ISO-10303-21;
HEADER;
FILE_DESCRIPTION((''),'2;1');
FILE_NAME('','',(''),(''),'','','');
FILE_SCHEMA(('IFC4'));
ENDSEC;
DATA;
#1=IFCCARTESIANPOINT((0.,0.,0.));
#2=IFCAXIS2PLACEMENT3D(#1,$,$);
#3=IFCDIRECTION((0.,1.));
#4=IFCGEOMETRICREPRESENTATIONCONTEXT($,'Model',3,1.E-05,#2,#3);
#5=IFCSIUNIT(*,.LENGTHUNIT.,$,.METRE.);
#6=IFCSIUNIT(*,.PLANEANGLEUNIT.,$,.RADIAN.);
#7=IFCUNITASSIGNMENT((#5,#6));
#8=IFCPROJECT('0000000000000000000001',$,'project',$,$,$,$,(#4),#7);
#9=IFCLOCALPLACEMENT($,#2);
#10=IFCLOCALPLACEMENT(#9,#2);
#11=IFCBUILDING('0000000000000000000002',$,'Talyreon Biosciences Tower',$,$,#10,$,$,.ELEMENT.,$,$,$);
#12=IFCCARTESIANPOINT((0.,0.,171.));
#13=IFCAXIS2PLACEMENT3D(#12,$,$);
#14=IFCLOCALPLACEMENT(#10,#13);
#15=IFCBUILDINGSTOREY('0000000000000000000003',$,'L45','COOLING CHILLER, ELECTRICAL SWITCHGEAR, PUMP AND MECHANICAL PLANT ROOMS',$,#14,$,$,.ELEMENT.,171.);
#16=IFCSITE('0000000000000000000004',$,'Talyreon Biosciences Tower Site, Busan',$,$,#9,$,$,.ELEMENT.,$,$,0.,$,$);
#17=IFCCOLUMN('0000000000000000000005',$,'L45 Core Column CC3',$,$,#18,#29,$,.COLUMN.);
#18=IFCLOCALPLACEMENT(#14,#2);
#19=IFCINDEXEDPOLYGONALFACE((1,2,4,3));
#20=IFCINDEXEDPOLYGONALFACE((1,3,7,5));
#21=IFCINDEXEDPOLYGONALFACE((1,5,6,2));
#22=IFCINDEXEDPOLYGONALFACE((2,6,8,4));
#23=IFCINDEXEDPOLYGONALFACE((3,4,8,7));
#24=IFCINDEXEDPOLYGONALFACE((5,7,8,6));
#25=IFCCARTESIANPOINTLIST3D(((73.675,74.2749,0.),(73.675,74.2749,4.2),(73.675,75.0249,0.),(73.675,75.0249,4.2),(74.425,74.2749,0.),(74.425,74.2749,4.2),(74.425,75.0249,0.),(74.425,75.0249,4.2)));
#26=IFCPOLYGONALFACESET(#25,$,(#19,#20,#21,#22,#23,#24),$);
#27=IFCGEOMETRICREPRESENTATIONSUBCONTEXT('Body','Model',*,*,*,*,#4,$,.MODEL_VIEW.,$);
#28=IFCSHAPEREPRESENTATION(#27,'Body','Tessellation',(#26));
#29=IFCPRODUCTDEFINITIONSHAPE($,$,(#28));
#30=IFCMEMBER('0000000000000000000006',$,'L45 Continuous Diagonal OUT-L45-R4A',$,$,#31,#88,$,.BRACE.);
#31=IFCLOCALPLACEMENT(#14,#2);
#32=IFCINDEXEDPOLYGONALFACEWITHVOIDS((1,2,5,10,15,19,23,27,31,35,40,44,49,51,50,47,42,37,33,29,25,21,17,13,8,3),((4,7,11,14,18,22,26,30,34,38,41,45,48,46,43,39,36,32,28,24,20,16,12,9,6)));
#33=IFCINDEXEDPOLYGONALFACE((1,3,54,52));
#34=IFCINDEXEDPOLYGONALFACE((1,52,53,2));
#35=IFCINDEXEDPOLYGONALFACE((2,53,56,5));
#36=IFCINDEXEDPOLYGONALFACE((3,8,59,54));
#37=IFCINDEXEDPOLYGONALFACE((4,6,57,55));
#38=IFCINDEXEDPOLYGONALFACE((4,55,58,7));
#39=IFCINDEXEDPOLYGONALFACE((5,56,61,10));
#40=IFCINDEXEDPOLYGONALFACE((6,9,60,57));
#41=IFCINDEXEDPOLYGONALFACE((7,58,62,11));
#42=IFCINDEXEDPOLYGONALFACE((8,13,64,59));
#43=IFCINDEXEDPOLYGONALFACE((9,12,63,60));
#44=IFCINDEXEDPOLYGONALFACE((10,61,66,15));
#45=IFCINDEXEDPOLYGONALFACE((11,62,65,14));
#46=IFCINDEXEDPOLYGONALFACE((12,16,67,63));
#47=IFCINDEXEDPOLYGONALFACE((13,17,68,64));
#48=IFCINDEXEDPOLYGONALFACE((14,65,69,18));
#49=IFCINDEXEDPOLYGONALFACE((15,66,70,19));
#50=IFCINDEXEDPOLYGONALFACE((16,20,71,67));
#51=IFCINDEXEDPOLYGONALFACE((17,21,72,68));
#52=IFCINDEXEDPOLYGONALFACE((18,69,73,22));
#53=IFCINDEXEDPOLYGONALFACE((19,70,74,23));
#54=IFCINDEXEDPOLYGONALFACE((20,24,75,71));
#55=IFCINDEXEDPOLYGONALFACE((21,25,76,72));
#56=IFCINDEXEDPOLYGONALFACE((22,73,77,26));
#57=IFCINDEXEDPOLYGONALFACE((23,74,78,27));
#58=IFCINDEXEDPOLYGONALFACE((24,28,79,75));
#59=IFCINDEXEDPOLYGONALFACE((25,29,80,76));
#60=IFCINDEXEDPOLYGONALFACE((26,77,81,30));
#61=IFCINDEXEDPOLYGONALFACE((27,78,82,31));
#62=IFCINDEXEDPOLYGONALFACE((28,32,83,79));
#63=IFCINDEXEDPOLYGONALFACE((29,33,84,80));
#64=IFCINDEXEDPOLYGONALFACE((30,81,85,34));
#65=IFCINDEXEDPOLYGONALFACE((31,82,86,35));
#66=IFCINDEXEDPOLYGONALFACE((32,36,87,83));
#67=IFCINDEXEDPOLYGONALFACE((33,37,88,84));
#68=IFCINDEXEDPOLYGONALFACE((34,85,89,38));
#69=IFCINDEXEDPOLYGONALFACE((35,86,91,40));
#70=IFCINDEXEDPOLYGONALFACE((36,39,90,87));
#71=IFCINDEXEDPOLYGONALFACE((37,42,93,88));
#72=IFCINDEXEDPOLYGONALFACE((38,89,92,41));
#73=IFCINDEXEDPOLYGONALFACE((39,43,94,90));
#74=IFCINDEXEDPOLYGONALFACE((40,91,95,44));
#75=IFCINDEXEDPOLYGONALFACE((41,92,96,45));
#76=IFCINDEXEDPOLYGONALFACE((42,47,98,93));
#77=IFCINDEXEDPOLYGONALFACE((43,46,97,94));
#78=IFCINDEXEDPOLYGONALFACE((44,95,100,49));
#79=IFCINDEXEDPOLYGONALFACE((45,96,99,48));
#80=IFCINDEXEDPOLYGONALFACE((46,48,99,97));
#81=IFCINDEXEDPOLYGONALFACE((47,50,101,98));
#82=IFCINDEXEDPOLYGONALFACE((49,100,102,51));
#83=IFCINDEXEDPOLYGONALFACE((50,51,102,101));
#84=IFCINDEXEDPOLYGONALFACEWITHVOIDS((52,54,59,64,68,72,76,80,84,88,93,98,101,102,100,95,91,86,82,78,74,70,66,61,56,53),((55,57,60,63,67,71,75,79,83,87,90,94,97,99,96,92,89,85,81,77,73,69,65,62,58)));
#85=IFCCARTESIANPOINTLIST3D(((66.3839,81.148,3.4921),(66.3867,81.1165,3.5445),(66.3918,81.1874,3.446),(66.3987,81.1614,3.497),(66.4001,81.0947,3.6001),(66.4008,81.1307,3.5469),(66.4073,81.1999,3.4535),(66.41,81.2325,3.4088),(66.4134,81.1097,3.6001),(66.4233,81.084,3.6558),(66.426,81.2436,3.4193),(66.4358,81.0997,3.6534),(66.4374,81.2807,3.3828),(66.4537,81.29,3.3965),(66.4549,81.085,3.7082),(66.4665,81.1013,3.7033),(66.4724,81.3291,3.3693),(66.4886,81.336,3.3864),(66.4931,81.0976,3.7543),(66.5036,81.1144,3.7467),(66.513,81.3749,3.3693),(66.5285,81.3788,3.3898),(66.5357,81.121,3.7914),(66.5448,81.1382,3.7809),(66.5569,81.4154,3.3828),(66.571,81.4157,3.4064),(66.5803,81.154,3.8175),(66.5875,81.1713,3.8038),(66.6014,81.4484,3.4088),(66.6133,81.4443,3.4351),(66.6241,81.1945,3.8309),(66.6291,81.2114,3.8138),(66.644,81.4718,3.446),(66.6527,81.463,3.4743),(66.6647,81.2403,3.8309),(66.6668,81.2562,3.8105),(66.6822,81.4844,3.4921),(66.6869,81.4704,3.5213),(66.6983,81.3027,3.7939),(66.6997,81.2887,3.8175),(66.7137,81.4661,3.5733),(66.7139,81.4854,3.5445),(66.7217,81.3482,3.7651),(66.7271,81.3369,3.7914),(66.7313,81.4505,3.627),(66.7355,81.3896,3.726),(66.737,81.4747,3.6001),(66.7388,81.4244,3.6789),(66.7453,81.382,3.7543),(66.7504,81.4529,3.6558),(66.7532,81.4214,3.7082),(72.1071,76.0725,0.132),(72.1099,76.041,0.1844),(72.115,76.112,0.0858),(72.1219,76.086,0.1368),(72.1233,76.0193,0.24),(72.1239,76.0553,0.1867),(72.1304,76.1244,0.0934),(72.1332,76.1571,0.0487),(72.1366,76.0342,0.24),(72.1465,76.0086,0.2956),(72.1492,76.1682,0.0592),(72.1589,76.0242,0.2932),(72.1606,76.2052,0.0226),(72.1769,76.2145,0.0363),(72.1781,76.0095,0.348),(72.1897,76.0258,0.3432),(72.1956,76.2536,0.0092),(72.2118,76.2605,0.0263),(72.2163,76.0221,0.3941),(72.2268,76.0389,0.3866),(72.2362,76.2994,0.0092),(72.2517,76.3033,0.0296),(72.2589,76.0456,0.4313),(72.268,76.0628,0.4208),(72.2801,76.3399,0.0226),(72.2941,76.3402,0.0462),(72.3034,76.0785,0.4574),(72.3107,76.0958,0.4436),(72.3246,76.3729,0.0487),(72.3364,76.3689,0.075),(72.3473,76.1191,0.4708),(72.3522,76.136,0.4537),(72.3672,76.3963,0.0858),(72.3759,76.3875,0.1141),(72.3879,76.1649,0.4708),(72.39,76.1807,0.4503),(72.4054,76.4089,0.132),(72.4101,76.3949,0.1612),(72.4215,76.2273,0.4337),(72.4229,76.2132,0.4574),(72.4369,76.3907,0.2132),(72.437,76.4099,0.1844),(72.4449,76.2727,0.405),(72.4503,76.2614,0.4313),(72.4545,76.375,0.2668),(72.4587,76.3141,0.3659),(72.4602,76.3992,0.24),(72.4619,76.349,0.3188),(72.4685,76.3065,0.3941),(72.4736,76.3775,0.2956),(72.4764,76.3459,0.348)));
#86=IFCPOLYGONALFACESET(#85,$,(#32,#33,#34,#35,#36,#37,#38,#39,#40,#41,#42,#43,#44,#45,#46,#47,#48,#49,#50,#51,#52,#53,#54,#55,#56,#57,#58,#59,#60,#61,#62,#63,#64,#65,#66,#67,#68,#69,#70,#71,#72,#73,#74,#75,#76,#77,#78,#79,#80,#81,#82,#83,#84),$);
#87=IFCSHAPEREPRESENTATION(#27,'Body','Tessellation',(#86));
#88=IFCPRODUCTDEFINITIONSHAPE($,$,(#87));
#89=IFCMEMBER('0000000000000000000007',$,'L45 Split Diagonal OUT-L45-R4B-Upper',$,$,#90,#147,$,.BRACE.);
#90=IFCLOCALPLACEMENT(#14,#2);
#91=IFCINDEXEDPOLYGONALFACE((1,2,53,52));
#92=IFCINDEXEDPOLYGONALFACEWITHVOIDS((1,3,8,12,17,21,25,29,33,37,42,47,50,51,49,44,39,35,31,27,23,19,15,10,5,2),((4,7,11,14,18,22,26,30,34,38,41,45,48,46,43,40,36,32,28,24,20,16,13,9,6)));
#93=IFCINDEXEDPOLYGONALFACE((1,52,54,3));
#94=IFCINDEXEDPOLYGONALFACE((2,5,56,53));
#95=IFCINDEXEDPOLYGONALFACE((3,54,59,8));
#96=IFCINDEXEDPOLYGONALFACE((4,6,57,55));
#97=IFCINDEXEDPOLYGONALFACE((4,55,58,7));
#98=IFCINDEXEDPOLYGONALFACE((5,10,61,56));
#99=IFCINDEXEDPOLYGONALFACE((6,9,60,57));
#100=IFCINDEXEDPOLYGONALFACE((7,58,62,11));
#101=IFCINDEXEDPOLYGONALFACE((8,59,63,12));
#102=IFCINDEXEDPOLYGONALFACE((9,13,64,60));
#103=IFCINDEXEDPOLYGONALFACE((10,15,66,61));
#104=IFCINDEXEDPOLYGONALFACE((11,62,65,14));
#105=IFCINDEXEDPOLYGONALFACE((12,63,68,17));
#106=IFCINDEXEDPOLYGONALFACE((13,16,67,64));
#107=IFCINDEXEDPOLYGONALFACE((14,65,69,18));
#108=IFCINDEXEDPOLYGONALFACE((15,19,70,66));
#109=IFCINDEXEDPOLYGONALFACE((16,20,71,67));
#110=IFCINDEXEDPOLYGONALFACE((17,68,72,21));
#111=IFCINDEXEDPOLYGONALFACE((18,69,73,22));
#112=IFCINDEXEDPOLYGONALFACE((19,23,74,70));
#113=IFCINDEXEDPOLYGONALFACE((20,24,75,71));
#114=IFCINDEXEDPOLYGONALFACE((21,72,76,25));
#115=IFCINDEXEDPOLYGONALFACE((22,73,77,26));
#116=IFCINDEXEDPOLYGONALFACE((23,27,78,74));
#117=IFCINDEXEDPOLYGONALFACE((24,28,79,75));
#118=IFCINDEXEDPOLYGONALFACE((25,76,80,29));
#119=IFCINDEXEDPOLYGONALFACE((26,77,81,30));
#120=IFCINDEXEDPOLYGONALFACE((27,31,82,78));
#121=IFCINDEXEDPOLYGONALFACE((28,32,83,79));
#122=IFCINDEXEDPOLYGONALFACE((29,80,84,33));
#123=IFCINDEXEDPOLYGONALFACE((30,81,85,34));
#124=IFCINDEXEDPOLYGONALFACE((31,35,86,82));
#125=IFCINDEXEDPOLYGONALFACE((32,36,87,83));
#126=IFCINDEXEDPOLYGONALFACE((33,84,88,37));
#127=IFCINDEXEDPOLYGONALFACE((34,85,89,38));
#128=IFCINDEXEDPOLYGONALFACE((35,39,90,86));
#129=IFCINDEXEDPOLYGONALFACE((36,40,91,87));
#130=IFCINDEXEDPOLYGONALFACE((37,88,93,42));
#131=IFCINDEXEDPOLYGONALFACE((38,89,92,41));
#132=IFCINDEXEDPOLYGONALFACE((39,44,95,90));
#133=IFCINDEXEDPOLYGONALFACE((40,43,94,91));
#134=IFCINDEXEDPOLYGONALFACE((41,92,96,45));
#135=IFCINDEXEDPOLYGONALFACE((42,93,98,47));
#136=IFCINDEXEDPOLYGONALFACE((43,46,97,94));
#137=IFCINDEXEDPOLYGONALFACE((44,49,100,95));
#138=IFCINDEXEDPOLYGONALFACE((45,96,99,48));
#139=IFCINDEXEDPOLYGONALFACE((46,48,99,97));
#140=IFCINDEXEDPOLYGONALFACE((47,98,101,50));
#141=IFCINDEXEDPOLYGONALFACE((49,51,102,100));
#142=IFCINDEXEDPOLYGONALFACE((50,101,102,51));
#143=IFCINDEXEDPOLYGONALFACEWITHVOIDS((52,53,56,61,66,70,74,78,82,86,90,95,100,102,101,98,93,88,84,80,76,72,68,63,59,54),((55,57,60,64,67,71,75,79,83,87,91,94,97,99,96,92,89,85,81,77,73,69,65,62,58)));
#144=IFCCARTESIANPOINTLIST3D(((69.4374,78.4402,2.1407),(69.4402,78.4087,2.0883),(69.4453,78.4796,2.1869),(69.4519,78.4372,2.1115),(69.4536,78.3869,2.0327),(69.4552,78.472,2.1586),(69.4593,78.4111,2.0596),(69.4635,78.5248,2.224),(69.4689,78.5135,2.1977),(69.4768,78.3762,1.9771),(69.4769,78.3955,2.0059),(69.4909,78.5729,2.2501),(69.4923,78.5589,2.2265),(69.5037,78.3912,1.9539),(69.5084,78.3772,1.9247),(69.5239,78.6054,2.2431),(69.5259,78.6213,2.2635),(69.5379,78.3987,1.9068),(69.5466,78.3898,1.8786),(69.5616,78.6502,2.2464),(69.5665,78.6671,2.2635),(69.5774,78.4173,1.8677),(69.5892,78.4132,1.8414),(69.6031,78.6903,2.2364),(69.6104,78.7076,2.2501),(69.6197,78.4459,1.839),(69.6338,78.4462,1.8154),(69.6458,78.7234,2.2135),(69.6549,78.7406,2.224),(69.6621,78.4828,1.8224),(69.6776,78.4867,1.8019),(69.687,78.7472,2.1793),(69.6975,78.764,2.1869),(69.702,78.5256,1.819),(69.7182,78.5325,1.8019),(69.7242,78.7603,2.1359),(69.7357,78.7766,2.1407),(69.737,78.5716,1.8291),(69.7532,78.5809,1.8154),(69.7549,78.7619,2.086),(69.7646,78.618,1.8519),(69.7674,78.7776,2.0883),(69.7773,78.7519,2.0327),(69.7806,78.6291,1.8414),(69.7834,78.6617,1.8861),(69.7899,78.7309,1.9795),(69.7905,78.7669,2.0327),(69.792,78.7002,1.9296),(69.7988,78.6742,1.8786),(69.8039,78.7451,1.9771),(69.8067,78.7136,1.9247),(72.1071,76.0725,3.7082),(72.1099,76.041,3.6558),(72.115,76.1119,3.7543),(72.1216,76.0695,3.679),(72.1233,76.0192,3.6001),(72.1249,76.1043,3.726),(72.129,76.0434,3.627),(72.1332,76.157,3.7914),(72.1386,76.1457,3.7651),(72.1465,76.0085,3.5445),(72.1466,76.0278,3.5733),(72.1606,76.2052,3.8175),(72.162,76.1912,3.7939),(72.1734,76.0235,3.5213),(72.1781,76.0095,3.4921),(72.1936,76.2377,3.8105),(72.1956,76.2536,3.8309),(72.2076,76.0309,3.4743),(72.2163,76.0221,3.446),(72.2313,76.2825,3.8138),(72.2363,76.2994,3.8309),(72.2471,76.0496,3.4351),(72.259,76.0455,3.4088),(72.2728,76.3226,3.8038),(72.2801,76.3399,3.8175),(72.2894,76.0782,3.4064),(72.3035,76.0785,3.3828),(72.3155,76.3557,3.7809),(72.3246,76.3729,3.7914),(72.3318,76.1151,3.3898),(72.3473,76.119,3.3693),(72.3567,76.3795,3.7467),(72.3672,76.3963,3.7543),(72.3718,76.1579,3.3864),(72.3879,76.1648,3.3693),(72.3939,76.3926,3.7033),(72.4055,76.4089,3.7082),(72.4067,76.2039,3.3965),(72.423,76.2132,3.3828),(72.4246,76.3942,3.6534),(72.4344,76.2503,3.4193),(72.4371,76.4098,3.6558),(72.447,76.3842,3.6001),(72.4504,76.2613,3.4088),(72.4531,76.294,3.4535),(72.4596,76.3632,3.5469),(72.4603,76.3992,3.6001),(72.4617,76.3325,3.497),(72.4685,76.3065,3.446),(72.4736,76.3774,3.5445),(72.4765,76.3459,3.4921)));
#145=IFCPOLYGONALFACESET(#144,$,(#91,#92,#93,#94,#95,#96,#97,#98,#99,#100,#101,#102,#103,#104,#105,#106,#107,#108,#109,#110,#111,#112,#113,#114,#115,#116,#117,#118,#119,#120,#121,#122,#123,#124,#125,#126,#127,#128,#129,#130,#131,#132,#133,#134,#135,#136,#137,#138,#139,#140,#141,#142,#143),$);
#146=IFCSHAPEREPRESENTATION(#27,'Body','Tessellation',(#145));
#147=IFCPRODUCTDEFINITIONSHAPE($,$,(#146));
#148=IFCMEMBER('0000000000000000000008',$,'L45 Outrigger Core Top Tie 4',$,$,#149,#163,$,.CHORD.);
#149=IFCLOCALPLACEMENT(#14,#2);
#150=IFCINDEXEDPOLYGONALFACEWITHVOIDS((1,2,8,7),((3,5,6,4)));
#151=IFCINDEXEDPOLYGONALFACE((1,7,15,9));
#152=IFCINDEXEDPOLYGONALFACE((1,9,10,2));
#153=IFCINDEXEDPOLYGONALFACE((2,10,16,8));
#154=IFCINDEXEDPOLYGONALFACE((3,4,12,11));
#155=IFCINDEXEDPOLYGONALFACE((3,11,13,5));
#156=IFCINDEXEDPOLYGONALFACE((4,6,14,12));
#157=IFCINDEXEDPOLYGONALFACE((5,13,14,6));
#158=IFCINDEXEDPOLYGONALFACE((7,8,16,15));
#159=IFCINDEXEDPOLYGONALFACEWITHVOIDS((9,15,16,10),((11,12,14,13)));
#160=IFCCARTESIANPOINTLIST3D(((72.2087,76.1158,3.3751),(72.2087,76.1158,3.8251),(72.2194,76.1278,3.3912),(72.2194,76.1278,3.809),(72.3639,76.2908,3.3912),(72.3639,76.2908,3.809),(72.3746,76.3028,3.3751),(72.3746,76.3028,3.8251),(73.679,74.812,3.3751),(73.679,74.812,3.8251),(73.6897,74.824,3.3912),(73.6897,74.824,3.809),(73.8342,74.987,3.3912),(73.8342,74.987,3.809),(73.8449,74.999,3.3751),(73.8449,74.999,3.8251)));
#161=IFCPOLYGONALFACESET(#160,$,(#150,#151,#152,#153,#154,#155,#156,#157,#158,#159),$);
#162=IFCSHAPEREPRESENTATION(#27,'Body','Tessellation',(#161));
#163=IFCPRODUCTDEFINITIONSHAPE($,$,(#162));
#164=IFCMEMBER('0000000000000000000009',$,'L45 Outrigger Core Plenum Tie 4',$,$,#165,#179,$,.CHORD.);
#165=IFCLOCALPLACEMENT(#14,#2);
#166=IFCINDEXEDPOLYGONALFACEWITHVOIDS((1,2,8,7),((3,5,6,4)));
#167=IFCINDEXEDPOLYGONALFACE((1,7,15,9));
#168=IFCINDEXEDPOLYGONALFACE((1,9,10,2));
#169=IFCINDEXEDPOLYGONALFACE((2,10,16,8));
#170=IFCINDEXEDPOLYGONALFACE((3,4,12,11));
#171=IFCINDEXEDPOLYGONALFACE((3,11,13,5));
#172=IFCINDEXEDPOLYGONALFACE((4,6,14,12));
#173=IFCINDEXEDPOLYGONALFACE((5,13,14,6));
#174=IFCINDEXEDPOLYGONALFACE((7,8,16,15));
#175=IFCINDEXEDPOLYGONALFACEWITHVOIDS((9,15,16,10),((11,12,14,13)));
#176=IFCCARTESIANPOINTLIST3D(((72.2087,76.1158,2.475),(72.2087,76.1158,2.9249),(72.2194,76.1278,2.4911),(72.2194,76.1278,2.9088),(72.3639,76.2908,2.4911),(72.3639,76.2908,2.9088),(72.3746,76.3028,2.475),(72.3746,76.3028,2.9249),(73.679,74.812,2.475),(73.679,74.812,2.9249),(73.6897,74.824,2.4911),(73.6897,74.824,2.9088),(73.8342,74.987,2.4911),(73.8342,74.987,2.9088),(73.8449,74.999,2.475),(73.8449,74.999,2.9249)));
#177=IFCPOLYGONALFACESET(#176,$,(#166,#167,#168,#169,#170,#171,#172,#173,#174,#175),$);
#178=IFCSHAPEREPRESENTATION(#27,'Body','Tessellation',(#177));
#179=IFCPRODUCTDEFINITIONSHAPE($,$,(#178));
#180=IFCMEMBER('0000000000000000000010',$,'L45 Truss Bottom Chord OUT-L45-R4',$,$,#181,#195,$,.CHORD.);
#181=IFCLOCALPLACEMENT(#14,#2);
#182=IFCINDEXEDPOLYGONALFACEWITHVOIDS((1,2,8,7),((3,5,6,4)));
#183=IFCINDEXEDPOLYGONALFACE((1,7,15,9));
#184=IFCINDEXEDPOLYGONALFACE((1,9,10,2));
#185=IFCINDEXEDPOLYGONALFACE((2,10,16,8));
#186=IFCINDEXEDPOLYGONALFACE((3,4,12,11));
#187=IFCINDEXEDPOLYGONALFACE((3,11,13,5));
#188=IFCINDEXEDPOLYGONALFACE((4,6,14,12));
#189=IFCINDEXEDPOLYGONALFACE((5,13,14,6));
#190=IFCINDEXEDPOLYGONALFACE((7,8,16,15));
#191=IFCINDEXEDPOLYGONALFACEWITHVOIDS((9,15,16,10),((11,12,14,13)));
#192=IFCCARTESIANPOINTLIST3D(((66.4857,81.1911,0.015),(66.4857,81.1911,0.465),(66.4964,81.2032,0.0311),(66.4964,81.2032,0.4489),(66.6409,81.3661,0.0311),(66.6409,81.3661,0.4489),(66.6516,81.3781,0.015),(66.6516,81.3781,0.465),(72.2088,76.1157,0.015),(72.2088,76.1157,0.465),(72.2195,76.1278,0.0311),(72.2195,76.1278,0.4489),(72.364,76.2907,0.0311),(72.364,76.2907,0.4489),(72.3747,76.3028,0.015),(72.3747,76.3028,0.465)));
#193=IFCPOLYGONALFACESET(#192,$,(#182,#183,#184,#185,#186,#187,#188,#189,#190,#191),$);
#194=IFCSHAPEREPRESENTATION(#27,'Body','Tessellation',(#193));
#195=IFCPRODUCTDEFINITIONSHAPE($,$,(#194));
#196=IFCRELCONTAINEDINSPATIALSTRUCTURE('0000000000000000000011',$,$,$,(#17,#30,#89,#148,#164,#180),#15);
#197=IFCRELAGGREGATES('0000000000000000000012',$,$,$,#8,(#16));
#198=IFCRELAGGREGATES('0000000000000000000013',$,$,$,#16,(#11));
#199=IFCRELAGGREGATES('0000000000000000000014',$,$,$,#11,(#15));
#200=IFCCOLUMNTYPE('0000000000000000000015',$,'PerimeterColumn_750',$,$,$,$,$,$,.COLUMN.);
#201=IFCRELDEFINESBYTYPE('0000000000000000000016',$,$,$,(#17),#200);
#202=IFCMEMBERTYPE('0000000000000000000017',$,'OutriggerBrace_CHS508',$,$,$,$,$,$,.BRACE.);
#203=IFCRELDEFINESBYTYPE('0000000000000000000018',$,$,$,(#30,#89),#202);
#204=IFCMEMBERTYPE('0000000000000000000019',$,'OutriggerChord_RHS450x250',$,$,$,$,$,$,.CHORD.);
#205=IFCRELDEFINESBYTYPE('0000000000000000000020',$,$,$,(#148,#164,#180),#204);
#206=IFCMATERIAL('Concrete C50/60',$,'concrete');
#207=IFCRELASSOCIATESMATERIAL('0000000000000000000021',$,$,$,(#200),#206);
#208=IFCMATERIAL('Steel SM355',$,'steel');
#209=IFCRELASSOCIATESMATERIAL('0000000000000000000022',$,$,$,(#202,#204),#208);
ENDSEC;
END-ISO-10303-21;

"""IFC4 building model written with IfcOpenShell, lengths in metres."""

from ifc_helpers import new_model, si_unit, direction, frame, origin, origin_2d, place, context, subcontext, project, spatial, rectangle, hollow_rectangle, hollow_circle, extrude, material, material_profile, profile_set, type_object, element, save


model = new_model("IFC4")

# Units and contexts
model_context = context("Model", 3, precision=1e-05, world=origin(), true_north=direction((0.0, 1.0)))
body_context = subcontext(model_context, "Body", "Model", "MODEL_VIEW")
ifc_project = project(units=[si_unit("LENGTHUNIT", "METRE"), si_unit("PLANEANGLEUNIT", "RADIAN")], contexts=[model_context])

# Site, building, storey
site_placement = place(None, origin())
site = spatial("IfcSite", under=ifc_project, at=site_placement, Name="Talyreon Biosciences Tower Site, Busan", CompositionType="ELEMENT", RefElevation=0.0)
building_placement = place(site_placement, origin())
building = spatial("IfcBuilding", under=site, at=building_placement, Name="Talyreon Biosciences Tower", CompositionType="ELEMENT")
storey_placement = place(building_placement, frame((0.0, 0.0, 171.0)))
storey = spatial("IfcBuildingStorey", under=building, at=storey_placement, Name="L45", Description="COOLING CHILLER, ELECTRICAL SWITCHGEAR, PUMP AND MECHANICAL PLANT ROOMS", CompositionType="ELEMENT", Elevation=171.0)

# Column
ifc_material_1 = material(Name="Concrete C50/60", Category="concrete")
ifc_material_profile_1 = material_profile(ifc_material_1, rectangle(XDim=0.75, YDim=0.75, at=origin_2d()), Name="RC 750x750")
ifc_profile_set_1 = profile_set([ifc_material_profile_1], Name="Concrete C50/60")
column_type = type_object("IfcColumnType", Name="PerimeterColumn_750", PredefinedType="COLUMN", material=ifc_profile_set_1)
column_placement = place(storey_placement, frame((74.05, 74.6499, 0.0), z_axis=(0.0, 0.0, 1.0), x_axis=(1.0, 0.0, 0.0)))
element("IfcColumn", 1, at=column_placement, inside=storey, type_object=column_type, Name="L45 Core Column CC3", PredefinedType="COLUMN", context=body_context, shape_type="SweptSolid", body=[
    extrude(rectangle(XDim=0.75, YDim=0.75, at=origin_2d()), origin(), (0.0, 0.0, 1.0), 4.2),
])

# Members
ifc_material_2 = material(Name="Steel SM355", Category="steel")
ifc_material_profile_2 = material_profile(ifc_material_2, hollow_circle(Radius=0.2539, WallThickness=0.02, at=origin_2d()), Name="CHS 508x20")
ifc_profile_set_2 = profile_set([ifc_material_profile_2], Name="Steel SM355")
member_type_1 = type_object("IfcMemberType", Name="OutriggerBrace_CHS508", PredefinedType="BRACE", material=ifc_profile_set_2)
member_1_placement = place(storey_placement, frame((72.2917, 76.2092, 0.24), z_axis=(-0.685002, 0.607479, 0.402171), x_axis=(-0.663502, -0.748175, 0.0)))
element("IfcMember", 2, at=member_1_placement, inside=storey, type_object=member_type_1, Name="L45 Continuous Diagonal OUT-L45-R4A", PredefinedType="BRACE", context=body_context, shape_type="SweptSolid", body=[
    extrude(hollow_circle(Radius=0.2539, WallThickness=0.02, at=origin_2d()), origin(), (0.0, 0.0, 1.0), 8.355),
])
member_2_placement = place(storey_placement, frame((69.6221, 78.5769, 2.0327), z_axis=(0.684989, -0.607501, 0.402161), x_axis=(0.663523, 0.748156, 0.0)))
element("IfcMember", 3, at=member_2_placement, inside=storey, type_object=member_type_1, Name="L45 Split Diagonal OUT-L45-R4B-Upper", PredefinedType="BRACE", context=body_context, shape_type="SweptSolid", body=[
    extrude(hollow_circle(Radius=0.2539, WallThickness=0.02, at=origin_2d()), origin(), (0.0, 0.0, 1.0), 3.8975),
])
ifc_material_profile_3 = material_profile(ifc_material_2, hollow_rectangle(XDim=0.25, YDim=0.45, WallThickness=0.0161, at=origin_2d()), Name="RHS 450x250x16")
ifc_profile_set_3 = profile_set([ifc_material_profile_3], Name="Steel SM355")
member_type_2 = type_object("IfcMemberType", Name="OutriggerChord_RHS450x250", PredefinedType="CHORD", material=ifc_profile_set_3)
for number, where, z_axis, x_axis, name in (
    (4, (73.762, 74.9055, 3.6001), (-0.748204, 0.663469, 0.0), (-0.663469, -0.748204, 0.0), "L45 Outrigger Core Top Tie 4"),
    (5, (73.762, 74.9055, 2.7), (-0.748204, 0.663469, 0.0), (-0.663469, -0.748204, 0.0), "L45 Outrigger Core Plenum Tie 4"),
):
    element("IfcMember", number, at=place(storey_placement, frame(where, z_axis=z_axis, x_axis=x_axis)), inside=storey, type_object=member_type_2, Name=name, PredefinedType="CHORD", context=body_context, shape_type="SweptSolid", body=[
        extrude(hollow_rectangle(XDim=0.25, YDim=0.45, WallThickness=0.0161, at=origin_2d()), origin(), (0.0, 0.0, 1.0), 1.9651),
    ])
for number, where, z_axis, x_axis, name in (
    (6, (72.2917, 76.2092, 0.24), (-0.748175, 0.663502, 0.0), (-0.663502, -0.748175, 0.0), "L45 Truss Bottom Chord OUT-L45-R4"),
):
    element("IfcMember", number, at=place(storey_placement, frame(where, z_axis=z_axis, x_axis=x_axis)), inside=storey, type_object=member_type_2, Name=name, PredefinedType="CHORD", context=body_context, shape_type="SweptSolid", body=[
        extrude(hollow_rectangle(XDim=0.25, YDim=0.45, WallThickness=0.0161, at=origin_2d()), origin(), (0.0, 0.0, 1.0), 7.6494),
    ])

save(model, "model.ifc")
